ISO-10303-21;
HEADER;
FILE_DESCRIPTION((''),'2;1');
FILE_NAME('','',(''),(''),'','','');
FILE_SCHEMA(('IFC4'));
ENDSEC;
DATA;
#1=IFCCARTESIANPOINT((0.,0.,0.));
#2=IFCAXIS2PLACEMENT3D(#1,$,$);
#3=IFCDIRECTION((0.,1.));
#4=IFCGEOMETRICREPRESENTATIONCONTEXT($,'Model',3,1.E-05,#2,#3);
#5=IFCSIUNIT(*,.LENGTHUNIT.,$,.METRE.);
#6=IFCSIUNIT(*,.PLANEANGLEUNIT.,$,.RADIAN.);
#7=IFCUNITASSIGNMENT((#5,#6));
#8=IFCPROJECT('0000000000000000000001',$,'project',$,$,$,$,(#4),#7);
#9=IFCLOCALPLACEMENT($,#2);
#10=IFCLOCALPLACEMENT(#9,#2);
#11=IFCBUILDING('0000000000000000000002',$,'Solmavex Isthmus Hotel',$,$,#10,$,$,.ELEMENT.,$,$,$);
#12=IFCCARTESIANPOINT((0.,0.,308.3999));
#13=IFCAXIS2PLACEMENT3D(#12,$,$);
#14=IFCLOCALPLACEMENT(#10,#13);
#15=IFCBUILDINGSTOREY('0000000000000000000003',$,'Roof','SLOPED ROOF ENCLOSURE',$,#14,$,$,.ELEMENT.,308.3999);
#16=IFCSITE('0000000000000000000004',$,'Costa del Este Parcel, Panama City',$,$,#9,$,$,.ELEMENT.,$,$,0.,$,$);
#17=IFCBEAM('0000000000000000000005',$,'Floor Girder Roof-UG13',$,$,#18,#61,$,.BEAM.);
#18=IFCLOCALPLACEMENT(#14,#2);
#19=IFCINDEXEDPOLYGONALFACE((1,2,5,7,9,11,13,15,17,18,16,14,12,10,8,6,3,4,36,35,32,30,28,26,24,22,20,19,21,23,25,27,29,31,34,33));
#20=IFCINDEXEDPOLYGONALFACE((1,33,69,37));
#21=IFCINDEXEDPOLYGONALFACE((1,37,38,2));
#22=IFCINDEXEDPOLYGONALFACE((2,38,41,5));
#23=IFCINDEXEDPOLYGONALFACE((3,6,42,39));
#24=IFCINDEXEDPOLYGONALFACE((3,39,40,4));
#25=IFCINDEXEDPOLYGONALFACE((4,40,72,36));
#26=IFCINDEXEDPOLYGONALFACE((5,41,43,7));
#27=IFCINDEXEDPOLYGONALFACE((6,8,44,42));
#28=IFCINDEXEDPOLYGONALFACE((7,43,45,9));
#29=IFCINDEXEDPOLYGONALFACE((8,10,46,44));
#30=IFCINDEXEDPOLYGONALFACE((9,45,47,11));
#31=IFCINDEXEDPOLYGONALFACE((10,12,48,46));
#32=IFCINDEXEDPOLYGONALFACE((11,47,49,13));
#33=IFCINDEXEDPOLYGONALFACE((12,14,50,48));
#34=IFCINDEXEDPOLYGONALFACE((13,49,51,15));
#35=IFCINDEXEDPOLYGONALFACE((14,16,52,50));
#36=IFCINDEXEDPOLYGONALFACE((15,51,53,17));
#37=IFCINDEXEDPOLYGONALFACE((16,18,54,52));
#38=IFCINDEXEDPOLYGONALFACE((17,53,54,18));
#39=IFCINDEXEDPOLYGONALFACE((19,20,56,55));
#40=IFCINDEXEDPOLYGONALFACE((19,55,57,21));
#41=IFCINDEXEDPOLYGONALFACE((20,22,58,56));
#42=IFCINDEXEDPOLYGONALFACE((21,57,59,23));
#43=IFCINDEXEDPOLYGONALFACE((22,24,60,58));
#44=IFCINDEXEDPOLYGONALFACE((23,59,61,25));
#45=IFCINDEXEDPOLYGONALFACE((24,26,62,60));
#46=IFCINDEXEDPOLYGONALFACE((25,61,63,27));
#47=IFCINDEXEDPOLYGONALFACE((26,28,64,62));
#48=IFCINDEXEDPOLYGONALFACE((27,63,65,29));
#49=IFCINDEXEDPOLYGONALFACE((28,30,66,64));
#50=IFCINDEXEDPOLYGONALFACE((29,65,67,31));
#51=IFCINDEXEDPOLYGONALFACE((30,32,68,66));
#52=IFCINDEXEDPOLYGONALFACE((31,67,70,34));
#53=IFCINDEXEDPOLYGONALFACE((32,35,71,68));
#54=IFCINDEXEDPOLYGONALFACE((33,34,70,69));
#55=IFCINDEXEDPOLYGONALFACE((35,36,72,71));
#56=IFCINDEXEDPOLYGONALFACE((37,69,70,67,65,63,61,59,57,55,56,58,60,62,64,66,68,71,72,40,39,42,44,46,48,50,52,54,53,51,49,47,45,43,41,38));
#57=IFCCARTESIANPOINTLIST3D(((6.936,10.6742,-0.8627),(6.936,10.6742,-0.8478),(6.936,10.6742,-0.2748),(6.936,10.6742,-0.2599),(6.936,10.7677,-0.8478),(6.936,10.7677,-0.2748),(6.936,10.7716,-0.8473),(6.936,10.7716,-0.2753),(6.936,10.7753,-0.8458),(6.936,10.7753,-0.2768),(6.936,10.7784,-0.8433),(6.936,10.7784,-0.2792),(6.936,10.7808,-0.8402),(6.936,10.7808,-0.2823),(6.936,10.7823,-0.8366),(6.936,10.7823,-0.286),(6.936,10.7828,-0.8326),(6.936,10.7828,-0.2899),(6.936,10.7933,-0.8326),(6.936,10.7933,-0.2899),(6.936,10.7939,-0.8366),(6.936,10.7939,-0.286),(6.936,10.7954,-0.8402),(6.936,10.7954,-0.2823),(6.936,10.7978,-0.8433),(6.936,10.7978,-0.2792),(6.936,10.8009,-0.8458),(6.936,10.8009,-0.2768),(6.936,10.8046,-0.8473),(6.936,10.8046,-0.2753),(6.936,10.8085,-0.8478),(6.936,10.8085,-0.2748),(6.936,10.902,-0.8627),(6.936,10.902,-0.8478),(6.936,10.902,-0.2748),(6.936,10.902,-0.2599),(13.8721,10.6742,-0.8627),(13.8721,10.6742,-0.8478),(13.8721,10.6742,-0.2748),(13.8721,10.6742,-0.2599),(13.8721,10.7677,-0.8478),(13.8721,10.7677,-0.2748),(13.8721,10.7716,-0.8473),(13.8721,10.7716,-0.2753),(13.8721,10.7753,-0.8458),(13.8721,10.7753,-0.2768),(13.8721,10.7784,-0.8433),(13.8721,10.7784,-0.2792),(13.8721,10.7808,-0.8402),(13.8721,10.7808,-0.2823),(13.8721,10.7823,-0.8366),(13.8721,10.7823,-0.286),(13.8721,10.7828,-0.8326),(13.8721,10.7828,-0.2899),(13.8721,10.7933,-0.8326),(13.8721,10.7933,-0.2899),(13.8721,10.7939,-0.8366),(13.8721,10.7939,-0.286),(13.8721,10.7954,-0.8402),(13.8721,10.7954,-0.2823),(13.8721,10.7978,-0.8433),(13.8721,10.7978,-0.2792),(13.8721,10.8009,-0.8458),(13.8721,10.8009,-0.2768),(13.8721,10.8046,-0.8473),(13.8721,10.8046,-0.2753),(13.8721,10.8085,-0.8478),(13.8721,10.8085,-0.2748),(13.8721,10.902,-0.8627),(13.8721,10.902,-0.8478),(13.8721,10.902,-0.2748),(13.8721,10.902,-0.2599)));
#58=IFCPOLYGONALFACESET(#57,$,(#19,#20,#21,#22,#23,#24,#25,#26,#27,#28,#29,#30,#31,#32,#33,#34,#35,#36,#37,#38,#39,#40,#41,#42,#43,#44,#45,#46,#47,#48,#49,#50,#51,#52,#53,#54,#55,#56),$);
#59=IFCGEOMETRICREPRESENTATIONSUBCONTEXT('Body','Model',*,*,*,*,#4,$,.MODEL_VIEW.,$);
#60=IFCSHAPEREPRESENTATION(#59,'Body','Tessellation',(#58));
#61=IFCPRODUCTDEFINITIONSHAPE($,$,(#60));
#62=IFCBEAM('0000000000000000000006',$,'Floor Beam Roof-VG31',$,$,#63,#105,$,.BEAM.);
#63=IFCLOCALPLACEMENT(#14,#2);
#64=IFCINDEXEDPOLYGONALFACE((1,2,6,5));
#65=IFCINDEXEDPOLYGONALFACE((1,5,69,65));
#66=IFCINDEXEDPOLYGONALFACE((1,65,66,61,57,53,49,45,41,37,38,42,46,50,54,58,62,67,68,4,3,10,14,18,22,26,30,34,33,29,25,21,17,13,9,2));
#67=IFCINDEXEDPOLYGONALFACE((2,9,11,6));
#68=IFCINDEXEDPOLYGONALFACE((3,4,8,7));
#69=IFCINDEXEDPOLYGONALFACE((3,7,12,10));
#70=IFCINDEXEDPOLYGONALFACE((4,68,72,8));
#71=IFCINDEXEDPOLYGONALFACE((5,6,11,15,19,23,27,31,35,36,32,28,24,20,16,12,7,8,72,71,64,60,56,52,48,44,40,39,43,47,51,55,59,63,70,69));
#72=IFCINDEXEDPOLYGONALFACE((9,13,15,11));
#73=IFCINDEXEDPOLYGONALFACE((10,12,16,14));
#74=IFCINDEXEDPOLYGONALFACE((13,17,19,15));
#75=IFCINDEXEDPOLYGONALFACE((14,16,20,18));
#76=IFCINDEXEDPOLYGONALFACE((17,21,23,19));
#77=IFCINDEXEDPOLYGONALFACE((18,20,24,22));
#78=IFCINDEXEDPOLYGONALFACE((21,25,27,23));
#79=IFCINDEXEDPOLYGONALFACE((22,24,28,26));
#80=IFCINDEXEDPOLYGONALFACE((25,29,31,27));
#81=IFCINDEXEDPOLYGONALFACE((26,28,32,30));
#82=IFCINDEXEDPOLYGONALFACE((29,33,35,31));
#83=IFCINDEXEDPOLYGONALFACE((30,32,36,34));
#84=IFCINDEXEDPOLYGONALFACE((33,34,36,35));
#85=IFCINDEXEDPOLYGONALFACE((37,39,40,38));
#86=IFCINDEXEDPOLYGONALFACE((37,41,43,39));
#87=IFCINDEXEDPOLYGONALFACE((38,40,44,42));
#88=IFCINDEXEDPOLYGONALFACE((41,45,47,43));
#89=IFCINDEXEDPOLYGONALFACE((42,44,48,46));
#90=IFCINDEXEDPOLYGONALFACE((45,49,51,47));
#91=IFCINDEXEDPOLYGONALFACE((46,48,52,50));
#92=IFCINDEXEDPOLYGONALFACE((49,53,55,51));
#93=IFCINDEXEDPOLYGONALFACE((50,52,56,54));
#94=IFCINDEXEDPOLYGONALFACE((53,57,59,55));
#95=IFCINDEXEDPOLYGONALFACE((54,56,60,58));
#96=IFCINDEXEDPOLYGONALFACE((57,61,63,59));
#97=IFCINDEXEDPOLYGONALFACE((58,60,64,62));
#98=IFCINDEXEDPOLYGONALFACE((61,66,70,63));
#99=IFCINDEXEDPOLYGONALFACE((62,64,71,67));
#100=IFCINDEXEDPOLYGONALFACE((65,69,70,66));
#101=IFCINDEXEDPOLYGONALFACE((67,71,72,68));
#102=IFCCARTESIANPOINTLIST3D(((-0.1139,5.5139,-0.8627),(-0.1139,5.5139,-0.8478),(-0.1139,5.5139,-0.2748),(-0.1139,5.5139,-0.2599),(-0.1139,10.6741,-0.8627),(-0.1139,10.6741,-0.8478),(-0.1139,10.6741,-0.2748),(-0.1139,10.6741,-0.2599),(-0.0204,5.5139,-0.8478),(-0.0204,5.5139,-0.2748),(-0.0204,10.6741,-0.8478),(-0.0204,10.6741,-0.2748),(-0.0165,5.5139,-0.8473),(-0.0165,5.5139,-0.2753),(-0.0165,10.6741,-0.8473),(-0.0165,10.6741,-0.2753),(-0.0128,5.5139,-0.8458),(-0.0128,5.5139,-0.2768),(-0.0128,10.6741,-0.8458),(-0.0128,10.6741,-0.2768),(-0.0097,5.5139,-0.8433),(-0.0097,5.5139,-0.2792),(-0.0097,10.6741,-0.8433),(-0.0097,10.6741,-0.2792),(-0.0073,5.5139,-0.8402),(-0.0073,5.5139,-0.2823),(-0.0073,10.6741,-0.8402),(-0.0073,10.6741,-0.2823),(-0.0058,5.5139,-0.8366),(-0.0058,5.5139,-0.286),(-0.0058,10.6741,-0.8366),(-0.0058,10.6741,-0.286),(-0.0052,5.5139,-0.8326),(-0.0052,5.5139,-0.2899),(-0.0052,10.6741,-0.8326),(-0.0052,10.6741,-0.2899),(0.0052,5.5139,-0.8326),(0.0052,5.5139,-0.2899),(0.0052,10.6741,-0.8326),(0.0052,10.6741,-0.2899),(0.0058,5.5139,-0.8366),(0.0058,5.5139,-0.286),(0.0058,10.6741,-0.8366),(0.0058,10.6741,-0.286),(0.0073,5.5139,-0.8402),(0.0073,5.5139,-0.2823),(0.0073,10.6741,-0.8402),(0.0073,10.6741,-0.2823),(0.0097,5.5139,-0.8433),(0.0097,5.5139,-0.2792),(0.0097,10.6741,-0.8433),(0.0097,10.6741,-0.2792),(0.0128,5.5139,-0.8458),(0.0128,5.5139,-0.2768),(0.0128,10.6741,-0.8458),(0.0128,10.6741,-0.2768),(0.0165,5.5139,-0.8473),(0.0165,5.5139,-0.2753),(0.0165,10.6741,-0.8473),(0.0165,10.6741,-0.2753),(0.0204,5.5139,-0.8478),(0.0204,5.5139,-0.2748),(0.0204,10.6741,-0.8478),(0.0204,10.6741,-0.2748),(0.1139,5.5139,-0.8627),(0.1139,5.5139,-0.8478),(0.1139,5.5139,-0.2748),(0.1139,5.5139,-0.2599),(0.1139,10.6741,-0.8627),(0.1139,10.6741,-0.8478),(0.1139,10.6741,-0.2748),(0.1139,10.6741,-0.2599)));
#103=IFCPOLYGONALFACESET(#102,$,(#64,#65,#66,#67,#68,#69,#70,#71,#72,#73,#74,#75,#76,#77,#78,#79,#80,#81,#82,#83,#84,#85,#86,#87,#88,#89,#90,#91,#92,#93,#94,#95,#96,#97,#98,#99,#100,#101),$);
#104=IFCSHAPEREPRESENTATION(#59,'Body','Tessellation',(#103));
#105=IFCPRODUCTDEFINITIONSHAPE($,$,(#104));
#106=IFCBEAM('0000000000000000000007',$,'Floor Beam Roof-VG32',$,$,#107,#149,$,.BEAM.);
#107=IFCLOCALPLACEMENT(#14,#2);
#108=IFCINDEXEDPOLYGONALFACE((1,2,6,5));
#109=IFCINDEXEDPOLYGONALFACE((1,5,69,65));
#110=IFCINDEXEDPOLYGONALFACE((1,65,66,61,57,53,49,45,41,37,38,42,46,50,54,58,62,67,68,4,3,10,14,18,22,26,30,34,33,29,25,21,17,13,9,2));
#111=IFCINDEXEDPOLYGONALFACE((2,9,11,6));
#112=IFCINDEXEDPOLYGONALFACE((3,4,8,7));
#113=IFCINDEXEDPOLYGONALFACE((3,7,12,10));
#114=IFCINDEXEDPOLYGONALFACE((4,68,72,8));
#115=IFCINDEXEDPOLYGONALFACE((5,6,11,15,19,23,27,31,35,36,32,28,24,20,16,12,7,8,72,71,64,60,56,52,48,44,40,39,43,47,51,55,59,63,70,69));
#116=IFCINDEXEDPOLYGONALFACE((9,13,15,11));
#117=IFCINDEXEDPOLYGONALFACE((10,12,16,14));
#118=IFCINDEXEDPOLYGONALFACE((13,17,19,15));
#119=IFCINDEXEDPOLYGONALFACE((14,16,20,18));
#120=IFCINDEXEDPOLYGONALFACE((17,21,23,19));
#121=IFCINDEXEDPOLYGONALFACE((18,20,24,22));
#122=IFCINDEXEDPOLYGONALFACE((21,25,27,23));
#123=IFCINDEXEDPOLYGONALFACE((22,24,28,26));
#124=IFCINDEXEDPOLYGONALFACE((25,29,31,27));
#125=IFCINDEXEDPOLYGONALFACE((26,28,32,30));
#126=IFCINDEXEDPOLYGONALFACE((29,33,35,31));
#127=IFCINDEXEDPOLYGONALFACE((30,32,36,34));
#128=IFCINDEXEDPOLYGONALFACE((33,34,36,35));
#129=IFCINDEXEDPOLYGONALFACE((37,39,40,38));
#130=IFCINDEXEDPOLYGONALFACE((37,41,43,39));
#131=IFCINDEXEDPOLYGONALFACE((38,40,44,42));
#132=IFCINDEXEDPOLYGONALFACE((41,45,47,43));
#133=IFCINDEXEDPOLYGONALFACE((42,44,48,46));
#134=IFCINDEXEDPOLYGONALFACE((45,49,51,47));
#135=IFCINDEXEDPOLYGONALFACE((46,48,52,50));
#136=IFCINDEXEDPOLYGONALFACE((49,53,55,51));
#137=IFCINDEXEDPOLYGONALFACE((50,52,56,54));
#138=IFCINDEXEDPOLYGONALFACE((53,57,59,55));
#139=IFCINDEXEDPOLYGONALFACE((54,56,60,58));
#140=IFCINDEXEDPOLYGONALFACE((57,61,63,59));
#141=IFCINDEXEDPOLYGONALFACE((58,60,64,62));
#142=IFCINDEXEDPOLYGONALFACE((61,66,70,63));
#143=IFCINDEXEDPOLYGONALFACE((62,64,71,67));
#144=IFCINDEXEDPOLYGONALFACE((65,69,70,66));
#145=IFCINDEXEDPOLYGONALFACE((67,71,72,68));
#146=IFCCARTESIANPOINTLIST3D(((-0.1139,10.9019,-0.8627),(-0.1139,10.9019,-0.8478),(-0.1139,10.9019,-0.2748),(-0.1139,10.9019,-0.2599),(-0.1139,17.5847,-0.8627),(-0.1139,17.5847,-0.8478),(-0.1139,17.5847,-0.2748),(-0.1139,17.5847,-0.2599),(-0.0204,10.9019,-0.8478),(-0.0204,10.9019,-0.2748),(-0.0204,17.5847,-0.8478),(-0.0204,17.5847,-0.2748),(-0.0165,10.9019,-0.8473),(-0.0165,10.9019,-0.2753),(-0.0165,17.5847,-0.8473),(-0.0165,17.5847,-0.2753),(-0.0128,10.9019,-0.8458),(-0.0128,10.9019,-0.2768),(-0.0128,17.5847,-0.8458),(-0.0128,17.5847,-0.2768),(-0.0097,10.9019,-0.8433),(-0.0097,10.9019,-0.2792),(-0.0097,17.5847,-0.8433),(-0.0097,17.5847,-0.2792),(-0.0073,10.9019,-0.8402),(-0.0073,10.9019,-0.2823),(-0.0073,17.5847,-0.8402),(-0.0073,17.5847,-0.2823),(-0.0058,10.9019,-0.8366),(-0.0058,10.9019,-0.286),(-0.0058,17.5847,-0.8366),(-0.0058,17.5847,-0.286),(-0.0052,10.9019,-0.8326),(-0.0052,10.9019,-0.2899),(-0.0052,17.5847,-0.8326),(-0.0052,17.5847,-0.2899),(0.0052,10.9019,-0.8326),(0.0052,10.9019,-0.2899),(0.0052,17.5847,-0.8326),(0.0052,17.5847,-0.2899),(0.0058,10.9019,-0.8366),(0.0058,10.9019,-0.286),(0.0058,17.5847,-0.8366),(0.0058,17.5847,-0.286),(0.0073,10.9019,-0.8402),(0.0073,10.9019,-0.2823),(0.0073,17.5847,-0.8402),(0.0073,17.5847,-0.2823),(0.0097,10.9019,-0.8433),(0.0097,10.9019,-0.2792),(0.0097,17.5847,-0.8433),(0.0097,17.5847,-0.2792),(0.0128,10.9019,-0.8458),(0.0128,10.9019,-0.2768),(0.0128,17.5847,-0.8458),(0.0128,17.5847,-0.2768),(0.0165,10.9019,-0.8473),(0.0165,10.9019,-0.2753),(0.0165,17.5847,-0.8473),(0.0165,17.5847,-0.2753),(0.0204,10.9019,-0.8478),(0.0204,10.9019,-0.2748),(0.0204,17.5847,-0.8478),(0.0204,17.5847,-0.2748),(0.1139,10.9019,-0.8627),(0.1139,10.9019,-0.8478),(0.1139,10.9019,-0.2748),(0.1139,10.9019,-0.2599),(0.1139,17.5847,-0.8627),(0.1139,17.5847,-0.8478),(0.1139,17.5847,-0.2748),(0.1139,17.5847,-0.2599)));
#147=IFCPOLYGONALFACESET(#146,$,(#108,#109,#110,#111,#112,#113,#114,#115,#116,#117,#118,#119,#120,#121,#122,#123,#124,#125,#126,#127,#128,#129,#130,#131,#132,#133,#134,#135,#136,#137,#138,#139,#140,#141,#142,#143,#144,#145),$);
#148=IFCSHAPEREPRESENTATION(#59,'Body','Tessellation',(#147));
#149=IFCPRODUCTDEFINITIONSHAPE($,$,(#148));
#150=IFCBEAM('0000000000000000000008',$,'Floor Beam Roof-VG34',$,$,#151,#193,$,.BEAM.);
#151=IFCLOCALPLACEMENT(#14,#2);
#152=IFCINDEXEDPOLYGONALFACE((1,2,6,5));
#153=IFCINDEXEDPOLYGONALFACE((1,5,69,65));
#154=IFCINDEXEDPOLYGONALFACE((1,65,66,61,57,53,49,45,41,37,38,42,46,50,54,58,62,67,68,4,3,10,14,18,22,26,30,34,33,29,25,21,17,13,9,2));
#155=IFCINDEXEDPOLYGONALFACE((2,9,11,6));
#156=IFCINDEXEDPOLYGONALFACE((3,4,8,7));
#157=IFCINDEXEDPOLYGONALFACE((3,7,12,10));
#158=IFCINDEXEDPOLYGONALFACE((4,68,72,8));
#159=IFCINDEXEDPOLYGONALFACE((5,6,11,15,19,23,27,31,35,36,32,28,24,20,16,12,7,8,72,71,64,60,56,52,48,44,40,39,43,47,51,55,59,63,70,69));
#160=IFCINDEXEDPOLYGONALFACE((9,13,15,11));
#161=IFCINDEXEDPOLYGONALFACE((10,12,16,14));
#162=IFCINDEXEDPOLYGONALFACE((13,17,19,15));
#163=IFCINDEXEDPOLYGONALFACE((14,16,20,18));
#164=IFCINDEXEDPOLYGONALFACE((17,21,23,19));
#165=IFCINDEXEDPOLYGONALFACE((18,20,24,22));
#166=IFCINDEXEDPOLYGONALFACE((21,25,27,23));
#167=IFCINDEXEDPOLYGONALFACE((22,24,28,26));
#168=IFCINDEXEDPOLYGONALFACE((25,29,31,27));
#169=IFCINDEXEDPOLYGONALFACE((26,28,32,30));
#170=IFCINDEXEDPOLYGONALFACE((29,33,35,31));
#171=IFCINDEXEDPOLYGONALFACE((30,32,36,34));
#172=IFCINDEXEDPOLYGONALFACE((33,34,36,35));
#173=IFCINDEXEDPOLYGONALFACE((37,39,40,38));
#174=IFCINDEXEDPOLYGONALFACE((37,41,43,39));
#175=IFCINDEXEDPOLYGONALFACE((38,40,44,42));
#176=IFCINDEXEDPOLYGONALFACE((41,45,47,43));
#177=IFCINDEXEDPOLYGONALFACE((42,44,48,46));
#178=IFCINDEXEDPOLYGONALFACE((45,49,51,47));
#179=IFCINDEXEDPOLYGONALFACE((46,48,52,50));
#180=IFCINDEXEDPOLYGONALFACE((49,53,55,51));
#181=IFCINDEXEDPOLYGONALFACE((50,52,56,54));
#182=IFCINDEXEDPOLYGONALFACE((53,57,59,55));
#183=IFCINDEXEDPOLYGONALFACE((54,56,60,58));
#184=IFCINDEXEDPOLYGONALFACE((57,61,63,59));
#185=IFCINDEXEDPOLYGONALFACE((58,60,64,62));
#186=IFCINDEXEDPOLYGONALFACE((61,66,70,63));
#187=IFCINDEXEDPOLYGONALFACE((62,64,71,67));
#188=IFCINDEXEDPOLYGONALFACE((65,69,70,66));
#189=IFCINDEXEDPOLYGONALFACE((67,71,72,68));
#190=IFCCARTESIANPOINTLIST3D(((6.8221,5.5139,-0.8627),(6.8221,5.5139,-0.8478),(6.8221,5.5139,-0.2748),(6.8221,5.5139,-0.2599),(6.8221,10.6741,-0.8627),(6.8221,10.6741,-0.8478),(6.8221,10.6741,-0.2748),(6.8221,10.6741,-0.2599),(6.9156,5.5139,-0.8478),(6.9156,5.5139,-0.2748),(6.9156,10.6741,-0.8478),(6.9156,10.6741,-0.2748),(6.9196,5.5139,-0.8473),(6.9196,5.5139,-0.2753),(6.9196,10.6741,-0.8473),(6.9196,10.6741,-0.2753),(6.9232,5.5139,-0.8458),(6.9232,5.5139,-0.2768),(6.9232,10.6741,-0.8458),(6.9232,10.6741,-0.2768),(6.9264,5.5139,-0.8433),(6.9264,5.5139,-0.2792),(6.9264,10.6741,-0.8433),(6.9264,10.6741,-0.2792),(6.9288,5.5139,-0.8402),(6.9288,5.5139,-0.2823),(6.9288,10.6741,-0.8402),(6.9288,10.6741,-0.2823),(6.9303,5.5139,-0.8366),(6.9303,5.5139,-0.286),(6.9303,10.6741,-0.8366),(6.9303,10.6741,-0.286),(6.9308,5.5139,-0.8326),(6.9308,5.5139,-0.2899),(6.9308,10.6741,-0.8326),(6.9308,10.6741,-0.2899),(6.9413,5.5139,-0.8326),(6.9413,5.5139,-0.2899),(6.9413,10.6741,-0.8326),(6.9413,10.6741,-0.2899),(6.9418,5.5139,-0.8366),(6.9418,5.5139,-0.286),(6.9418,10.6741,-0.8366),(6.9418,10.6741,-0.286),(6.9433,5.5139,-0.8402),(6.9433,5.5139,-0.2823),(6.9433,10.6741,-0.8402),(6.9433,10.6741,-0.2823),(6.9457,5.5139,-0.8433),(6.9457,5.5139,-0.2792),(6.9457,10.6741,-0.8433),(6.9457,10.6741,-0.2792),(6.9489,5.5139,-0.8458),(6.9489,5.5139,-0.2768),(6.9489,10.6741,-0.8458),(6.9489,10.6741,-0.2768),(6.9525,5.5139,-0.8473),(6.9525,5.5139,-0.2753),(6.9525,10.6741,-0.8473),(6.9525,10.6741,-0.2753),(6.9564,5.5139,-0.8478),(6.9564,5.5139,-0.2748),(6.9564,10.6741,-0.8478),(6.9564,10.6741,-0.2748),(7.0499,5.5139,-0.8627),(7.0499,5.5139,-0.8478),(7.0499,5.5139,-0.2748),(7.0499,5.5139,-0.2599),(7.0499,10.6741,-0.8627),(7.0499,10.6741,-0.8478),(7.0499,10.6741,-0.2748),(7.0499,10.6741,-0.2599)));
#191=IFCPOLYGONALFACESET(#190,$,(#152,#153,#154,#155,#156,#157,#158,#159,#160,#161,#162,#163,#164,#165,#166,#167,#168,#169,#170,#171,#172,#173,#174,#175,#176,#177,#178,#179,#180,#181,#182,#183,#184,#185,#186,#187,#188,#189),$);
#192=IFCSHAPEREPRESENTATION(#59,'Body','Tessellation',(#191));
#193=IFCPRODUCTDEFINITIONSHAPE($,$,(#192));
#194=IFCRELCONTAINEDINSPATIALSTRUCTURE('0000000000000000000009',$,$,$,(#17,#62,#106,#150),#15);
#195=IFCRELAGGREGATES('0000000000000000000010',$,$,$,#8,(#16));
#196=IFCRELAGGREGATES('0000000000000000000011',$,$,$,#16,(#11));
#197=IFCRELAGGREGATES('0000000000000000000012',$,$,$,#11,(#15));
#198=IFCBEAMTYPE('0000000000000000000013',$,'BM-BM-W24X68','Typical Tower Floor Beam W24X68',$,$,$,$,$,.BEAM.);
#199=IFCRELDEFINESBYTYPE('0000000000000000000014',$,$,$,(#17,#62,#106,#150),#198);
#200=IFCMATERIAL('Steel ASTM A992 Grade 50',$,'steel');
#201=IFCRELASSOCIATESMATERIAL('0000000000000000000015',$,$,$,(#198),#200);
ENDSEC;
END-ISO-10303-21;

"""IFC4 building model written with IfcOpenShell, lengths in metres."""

from ifc_helpers import new_model, si_unit, direction, frame, origin, origin_2d, place, context, subcontext, project, spatial, i_section, extrude, material, material_profile, profile_set, type_object, element, save


model = new_model("IFC4")

# Units and contexts
model_context = context("Model", 3, precision=1e-05, world=origin(), true_north=direction((0.0, 1.0)))
body_context = subcontext(model_context, "Body", "Model", "MODEL_VIEW")
ifc_project = project(units=[si_unit("LENGTHUNIT", "METRE"), si_unit("PLANEANGLEUNIT", "RADIAN")], contexts=[model_context])

# Site, building, storey
site_placement = place(None, origin())
site = spatial("IfcSite", under=ifc_project, at=site_placement, Name="Costa del Este Parcel, Panama City", CompositionType="ELEMENT", RefElevation=0.0)
building_placement = place(site_placement, origin())
building = spatial("IfcBuilding", under=site, at=building_placement, Name="Solmavex Isthmus Hotel", CompositionType="ELEMENT")
storey_placement = place(building_placement, frame((0.0, 0.0, 308.3999)))
storey = spatial("IfcBuildingStorey", under=building, at=storey_placement, Name="Roof", Description="SLOPED ROOF ENCLOSURE", CompositionType="ELEMENT", Elevation=308.3999)

# Beams
ifc_material_1 = material(Name="Steel ASTM A992 Grade 50", Category="steel")
ifc_material_profile_1 = material_profile(ifc_material_1, i_section(OverallWidth=0.2278, OverallDepth=0.6028, WebThickness=0.0105, FlangeThickness=0.0149, FilletRadius=0.0151, at=origin_2d()), Name="W24X68")
ifc_profile_set_1 = profile_set([ifc_material_profile_1], Name="Steel ASTM A992 Grade 50")
beam_type_1 = type_object("IfcBeamType", Name="BM-BM-W24X68", Description="Typical Tower Floor Beam W24X68", PredefinedType="BEAM", material=ifc_profile_set_1)
for number, where, z_axis, x_axis, name in (
    (1, (6.936, 10.7881, -0.5613), (1.0, 0.0, 0.0), (0.0, 1.0, 0.0), "Floor Girder Roof-UG13"),
):
    element("IfcBeam", number, at=place(storey_placement, frame(where, z_axis=z_axis, x_axis=x_axis)), inside=storey, type_object=beam_type_1, Name=name, PredefinedType="BEAM", context=body_context, shape_type="SweptSolid", body=[
        extrude(i_section(OverallWidth=0.2278, OverallDepth=0.6028, WebThickness=0.0105, FlangeThickness=0.0149, FilletRadius=0.0151, at=origin_2d()), origin(), (0.0, 0.0, 1.0), 6.936),
    ])
beam_1_placement = place(storey_placement, frame((0.0, 5.5139, -0.5613), z_axis=(0.0, 1.0, 0.0), x_axis=(-1.0, 0.0, 0.0)))
element("IfcBeam", 2, at=beam_1_placement, inside=storey, type_object=beam_type_1, Name="Floor Beam Roof-VG31", PredefinedType="BEAM", context=body_context, shape_type="SweptSolid", body=[
    extrude(i_section(OverallWidth=0.2278, OverallDepth=0.6028, WebThickness=0.0105, FlangeThickness=0.0149, FilletRadius=0.0151, at=origin_2d()), origin(), (0.0, 0.0, 1.0), 5.1602),
])
beam_2_placement = place(storey_placement, frame((0.0, 10.9019, -0.5613), z_axis=(0.0, 1.0, 0.0), x_axis=(-1.0, 0.0, 0.0)))
element("IfcBeam", 3, at=beam_2_placement, inside=storey, type_object=beam_type_1, Name="Floor Beam Roof-VG32", PredefinedType="BEAM", context=body_context, shape_type="SweptSolid", body=[
    extrude(i_section(OverallWidth=0.2278, OverallDepth=0.6028, WebThickness=0.0105, FlangeThickness=0.0149, FilletRadius=0.0151, at=origin_2d()), origin(), (0.0, 0.0, 1.0), 6.6829),
])
beam_3_placement = place(storey_placement, frame((6.936, 5.5139, -0.5613), z_axis=(0.0, 1.0, 0.0), x_axis=(-1.0, 0.0, 0.0)))
element("IfcBeam", 4, at=beam_3_placement, inside=storey, type_object=beam_type_1, Name="Floor Beam Roof-VG34", PredefinedType="BEAM", context=body_context, shape_type="SweptSolid", body=[
    extrude(i_section(OverallWidth=0.2278, OverallDepth=0.6028, WebThickness=0.0105, FlangeThickness=0.0149, FilletRadius=0.0151, at=origin_2d()), origin(), (0.0, 0.0, 1.0), 5.1602),
])

save(model, "model.ifc")
